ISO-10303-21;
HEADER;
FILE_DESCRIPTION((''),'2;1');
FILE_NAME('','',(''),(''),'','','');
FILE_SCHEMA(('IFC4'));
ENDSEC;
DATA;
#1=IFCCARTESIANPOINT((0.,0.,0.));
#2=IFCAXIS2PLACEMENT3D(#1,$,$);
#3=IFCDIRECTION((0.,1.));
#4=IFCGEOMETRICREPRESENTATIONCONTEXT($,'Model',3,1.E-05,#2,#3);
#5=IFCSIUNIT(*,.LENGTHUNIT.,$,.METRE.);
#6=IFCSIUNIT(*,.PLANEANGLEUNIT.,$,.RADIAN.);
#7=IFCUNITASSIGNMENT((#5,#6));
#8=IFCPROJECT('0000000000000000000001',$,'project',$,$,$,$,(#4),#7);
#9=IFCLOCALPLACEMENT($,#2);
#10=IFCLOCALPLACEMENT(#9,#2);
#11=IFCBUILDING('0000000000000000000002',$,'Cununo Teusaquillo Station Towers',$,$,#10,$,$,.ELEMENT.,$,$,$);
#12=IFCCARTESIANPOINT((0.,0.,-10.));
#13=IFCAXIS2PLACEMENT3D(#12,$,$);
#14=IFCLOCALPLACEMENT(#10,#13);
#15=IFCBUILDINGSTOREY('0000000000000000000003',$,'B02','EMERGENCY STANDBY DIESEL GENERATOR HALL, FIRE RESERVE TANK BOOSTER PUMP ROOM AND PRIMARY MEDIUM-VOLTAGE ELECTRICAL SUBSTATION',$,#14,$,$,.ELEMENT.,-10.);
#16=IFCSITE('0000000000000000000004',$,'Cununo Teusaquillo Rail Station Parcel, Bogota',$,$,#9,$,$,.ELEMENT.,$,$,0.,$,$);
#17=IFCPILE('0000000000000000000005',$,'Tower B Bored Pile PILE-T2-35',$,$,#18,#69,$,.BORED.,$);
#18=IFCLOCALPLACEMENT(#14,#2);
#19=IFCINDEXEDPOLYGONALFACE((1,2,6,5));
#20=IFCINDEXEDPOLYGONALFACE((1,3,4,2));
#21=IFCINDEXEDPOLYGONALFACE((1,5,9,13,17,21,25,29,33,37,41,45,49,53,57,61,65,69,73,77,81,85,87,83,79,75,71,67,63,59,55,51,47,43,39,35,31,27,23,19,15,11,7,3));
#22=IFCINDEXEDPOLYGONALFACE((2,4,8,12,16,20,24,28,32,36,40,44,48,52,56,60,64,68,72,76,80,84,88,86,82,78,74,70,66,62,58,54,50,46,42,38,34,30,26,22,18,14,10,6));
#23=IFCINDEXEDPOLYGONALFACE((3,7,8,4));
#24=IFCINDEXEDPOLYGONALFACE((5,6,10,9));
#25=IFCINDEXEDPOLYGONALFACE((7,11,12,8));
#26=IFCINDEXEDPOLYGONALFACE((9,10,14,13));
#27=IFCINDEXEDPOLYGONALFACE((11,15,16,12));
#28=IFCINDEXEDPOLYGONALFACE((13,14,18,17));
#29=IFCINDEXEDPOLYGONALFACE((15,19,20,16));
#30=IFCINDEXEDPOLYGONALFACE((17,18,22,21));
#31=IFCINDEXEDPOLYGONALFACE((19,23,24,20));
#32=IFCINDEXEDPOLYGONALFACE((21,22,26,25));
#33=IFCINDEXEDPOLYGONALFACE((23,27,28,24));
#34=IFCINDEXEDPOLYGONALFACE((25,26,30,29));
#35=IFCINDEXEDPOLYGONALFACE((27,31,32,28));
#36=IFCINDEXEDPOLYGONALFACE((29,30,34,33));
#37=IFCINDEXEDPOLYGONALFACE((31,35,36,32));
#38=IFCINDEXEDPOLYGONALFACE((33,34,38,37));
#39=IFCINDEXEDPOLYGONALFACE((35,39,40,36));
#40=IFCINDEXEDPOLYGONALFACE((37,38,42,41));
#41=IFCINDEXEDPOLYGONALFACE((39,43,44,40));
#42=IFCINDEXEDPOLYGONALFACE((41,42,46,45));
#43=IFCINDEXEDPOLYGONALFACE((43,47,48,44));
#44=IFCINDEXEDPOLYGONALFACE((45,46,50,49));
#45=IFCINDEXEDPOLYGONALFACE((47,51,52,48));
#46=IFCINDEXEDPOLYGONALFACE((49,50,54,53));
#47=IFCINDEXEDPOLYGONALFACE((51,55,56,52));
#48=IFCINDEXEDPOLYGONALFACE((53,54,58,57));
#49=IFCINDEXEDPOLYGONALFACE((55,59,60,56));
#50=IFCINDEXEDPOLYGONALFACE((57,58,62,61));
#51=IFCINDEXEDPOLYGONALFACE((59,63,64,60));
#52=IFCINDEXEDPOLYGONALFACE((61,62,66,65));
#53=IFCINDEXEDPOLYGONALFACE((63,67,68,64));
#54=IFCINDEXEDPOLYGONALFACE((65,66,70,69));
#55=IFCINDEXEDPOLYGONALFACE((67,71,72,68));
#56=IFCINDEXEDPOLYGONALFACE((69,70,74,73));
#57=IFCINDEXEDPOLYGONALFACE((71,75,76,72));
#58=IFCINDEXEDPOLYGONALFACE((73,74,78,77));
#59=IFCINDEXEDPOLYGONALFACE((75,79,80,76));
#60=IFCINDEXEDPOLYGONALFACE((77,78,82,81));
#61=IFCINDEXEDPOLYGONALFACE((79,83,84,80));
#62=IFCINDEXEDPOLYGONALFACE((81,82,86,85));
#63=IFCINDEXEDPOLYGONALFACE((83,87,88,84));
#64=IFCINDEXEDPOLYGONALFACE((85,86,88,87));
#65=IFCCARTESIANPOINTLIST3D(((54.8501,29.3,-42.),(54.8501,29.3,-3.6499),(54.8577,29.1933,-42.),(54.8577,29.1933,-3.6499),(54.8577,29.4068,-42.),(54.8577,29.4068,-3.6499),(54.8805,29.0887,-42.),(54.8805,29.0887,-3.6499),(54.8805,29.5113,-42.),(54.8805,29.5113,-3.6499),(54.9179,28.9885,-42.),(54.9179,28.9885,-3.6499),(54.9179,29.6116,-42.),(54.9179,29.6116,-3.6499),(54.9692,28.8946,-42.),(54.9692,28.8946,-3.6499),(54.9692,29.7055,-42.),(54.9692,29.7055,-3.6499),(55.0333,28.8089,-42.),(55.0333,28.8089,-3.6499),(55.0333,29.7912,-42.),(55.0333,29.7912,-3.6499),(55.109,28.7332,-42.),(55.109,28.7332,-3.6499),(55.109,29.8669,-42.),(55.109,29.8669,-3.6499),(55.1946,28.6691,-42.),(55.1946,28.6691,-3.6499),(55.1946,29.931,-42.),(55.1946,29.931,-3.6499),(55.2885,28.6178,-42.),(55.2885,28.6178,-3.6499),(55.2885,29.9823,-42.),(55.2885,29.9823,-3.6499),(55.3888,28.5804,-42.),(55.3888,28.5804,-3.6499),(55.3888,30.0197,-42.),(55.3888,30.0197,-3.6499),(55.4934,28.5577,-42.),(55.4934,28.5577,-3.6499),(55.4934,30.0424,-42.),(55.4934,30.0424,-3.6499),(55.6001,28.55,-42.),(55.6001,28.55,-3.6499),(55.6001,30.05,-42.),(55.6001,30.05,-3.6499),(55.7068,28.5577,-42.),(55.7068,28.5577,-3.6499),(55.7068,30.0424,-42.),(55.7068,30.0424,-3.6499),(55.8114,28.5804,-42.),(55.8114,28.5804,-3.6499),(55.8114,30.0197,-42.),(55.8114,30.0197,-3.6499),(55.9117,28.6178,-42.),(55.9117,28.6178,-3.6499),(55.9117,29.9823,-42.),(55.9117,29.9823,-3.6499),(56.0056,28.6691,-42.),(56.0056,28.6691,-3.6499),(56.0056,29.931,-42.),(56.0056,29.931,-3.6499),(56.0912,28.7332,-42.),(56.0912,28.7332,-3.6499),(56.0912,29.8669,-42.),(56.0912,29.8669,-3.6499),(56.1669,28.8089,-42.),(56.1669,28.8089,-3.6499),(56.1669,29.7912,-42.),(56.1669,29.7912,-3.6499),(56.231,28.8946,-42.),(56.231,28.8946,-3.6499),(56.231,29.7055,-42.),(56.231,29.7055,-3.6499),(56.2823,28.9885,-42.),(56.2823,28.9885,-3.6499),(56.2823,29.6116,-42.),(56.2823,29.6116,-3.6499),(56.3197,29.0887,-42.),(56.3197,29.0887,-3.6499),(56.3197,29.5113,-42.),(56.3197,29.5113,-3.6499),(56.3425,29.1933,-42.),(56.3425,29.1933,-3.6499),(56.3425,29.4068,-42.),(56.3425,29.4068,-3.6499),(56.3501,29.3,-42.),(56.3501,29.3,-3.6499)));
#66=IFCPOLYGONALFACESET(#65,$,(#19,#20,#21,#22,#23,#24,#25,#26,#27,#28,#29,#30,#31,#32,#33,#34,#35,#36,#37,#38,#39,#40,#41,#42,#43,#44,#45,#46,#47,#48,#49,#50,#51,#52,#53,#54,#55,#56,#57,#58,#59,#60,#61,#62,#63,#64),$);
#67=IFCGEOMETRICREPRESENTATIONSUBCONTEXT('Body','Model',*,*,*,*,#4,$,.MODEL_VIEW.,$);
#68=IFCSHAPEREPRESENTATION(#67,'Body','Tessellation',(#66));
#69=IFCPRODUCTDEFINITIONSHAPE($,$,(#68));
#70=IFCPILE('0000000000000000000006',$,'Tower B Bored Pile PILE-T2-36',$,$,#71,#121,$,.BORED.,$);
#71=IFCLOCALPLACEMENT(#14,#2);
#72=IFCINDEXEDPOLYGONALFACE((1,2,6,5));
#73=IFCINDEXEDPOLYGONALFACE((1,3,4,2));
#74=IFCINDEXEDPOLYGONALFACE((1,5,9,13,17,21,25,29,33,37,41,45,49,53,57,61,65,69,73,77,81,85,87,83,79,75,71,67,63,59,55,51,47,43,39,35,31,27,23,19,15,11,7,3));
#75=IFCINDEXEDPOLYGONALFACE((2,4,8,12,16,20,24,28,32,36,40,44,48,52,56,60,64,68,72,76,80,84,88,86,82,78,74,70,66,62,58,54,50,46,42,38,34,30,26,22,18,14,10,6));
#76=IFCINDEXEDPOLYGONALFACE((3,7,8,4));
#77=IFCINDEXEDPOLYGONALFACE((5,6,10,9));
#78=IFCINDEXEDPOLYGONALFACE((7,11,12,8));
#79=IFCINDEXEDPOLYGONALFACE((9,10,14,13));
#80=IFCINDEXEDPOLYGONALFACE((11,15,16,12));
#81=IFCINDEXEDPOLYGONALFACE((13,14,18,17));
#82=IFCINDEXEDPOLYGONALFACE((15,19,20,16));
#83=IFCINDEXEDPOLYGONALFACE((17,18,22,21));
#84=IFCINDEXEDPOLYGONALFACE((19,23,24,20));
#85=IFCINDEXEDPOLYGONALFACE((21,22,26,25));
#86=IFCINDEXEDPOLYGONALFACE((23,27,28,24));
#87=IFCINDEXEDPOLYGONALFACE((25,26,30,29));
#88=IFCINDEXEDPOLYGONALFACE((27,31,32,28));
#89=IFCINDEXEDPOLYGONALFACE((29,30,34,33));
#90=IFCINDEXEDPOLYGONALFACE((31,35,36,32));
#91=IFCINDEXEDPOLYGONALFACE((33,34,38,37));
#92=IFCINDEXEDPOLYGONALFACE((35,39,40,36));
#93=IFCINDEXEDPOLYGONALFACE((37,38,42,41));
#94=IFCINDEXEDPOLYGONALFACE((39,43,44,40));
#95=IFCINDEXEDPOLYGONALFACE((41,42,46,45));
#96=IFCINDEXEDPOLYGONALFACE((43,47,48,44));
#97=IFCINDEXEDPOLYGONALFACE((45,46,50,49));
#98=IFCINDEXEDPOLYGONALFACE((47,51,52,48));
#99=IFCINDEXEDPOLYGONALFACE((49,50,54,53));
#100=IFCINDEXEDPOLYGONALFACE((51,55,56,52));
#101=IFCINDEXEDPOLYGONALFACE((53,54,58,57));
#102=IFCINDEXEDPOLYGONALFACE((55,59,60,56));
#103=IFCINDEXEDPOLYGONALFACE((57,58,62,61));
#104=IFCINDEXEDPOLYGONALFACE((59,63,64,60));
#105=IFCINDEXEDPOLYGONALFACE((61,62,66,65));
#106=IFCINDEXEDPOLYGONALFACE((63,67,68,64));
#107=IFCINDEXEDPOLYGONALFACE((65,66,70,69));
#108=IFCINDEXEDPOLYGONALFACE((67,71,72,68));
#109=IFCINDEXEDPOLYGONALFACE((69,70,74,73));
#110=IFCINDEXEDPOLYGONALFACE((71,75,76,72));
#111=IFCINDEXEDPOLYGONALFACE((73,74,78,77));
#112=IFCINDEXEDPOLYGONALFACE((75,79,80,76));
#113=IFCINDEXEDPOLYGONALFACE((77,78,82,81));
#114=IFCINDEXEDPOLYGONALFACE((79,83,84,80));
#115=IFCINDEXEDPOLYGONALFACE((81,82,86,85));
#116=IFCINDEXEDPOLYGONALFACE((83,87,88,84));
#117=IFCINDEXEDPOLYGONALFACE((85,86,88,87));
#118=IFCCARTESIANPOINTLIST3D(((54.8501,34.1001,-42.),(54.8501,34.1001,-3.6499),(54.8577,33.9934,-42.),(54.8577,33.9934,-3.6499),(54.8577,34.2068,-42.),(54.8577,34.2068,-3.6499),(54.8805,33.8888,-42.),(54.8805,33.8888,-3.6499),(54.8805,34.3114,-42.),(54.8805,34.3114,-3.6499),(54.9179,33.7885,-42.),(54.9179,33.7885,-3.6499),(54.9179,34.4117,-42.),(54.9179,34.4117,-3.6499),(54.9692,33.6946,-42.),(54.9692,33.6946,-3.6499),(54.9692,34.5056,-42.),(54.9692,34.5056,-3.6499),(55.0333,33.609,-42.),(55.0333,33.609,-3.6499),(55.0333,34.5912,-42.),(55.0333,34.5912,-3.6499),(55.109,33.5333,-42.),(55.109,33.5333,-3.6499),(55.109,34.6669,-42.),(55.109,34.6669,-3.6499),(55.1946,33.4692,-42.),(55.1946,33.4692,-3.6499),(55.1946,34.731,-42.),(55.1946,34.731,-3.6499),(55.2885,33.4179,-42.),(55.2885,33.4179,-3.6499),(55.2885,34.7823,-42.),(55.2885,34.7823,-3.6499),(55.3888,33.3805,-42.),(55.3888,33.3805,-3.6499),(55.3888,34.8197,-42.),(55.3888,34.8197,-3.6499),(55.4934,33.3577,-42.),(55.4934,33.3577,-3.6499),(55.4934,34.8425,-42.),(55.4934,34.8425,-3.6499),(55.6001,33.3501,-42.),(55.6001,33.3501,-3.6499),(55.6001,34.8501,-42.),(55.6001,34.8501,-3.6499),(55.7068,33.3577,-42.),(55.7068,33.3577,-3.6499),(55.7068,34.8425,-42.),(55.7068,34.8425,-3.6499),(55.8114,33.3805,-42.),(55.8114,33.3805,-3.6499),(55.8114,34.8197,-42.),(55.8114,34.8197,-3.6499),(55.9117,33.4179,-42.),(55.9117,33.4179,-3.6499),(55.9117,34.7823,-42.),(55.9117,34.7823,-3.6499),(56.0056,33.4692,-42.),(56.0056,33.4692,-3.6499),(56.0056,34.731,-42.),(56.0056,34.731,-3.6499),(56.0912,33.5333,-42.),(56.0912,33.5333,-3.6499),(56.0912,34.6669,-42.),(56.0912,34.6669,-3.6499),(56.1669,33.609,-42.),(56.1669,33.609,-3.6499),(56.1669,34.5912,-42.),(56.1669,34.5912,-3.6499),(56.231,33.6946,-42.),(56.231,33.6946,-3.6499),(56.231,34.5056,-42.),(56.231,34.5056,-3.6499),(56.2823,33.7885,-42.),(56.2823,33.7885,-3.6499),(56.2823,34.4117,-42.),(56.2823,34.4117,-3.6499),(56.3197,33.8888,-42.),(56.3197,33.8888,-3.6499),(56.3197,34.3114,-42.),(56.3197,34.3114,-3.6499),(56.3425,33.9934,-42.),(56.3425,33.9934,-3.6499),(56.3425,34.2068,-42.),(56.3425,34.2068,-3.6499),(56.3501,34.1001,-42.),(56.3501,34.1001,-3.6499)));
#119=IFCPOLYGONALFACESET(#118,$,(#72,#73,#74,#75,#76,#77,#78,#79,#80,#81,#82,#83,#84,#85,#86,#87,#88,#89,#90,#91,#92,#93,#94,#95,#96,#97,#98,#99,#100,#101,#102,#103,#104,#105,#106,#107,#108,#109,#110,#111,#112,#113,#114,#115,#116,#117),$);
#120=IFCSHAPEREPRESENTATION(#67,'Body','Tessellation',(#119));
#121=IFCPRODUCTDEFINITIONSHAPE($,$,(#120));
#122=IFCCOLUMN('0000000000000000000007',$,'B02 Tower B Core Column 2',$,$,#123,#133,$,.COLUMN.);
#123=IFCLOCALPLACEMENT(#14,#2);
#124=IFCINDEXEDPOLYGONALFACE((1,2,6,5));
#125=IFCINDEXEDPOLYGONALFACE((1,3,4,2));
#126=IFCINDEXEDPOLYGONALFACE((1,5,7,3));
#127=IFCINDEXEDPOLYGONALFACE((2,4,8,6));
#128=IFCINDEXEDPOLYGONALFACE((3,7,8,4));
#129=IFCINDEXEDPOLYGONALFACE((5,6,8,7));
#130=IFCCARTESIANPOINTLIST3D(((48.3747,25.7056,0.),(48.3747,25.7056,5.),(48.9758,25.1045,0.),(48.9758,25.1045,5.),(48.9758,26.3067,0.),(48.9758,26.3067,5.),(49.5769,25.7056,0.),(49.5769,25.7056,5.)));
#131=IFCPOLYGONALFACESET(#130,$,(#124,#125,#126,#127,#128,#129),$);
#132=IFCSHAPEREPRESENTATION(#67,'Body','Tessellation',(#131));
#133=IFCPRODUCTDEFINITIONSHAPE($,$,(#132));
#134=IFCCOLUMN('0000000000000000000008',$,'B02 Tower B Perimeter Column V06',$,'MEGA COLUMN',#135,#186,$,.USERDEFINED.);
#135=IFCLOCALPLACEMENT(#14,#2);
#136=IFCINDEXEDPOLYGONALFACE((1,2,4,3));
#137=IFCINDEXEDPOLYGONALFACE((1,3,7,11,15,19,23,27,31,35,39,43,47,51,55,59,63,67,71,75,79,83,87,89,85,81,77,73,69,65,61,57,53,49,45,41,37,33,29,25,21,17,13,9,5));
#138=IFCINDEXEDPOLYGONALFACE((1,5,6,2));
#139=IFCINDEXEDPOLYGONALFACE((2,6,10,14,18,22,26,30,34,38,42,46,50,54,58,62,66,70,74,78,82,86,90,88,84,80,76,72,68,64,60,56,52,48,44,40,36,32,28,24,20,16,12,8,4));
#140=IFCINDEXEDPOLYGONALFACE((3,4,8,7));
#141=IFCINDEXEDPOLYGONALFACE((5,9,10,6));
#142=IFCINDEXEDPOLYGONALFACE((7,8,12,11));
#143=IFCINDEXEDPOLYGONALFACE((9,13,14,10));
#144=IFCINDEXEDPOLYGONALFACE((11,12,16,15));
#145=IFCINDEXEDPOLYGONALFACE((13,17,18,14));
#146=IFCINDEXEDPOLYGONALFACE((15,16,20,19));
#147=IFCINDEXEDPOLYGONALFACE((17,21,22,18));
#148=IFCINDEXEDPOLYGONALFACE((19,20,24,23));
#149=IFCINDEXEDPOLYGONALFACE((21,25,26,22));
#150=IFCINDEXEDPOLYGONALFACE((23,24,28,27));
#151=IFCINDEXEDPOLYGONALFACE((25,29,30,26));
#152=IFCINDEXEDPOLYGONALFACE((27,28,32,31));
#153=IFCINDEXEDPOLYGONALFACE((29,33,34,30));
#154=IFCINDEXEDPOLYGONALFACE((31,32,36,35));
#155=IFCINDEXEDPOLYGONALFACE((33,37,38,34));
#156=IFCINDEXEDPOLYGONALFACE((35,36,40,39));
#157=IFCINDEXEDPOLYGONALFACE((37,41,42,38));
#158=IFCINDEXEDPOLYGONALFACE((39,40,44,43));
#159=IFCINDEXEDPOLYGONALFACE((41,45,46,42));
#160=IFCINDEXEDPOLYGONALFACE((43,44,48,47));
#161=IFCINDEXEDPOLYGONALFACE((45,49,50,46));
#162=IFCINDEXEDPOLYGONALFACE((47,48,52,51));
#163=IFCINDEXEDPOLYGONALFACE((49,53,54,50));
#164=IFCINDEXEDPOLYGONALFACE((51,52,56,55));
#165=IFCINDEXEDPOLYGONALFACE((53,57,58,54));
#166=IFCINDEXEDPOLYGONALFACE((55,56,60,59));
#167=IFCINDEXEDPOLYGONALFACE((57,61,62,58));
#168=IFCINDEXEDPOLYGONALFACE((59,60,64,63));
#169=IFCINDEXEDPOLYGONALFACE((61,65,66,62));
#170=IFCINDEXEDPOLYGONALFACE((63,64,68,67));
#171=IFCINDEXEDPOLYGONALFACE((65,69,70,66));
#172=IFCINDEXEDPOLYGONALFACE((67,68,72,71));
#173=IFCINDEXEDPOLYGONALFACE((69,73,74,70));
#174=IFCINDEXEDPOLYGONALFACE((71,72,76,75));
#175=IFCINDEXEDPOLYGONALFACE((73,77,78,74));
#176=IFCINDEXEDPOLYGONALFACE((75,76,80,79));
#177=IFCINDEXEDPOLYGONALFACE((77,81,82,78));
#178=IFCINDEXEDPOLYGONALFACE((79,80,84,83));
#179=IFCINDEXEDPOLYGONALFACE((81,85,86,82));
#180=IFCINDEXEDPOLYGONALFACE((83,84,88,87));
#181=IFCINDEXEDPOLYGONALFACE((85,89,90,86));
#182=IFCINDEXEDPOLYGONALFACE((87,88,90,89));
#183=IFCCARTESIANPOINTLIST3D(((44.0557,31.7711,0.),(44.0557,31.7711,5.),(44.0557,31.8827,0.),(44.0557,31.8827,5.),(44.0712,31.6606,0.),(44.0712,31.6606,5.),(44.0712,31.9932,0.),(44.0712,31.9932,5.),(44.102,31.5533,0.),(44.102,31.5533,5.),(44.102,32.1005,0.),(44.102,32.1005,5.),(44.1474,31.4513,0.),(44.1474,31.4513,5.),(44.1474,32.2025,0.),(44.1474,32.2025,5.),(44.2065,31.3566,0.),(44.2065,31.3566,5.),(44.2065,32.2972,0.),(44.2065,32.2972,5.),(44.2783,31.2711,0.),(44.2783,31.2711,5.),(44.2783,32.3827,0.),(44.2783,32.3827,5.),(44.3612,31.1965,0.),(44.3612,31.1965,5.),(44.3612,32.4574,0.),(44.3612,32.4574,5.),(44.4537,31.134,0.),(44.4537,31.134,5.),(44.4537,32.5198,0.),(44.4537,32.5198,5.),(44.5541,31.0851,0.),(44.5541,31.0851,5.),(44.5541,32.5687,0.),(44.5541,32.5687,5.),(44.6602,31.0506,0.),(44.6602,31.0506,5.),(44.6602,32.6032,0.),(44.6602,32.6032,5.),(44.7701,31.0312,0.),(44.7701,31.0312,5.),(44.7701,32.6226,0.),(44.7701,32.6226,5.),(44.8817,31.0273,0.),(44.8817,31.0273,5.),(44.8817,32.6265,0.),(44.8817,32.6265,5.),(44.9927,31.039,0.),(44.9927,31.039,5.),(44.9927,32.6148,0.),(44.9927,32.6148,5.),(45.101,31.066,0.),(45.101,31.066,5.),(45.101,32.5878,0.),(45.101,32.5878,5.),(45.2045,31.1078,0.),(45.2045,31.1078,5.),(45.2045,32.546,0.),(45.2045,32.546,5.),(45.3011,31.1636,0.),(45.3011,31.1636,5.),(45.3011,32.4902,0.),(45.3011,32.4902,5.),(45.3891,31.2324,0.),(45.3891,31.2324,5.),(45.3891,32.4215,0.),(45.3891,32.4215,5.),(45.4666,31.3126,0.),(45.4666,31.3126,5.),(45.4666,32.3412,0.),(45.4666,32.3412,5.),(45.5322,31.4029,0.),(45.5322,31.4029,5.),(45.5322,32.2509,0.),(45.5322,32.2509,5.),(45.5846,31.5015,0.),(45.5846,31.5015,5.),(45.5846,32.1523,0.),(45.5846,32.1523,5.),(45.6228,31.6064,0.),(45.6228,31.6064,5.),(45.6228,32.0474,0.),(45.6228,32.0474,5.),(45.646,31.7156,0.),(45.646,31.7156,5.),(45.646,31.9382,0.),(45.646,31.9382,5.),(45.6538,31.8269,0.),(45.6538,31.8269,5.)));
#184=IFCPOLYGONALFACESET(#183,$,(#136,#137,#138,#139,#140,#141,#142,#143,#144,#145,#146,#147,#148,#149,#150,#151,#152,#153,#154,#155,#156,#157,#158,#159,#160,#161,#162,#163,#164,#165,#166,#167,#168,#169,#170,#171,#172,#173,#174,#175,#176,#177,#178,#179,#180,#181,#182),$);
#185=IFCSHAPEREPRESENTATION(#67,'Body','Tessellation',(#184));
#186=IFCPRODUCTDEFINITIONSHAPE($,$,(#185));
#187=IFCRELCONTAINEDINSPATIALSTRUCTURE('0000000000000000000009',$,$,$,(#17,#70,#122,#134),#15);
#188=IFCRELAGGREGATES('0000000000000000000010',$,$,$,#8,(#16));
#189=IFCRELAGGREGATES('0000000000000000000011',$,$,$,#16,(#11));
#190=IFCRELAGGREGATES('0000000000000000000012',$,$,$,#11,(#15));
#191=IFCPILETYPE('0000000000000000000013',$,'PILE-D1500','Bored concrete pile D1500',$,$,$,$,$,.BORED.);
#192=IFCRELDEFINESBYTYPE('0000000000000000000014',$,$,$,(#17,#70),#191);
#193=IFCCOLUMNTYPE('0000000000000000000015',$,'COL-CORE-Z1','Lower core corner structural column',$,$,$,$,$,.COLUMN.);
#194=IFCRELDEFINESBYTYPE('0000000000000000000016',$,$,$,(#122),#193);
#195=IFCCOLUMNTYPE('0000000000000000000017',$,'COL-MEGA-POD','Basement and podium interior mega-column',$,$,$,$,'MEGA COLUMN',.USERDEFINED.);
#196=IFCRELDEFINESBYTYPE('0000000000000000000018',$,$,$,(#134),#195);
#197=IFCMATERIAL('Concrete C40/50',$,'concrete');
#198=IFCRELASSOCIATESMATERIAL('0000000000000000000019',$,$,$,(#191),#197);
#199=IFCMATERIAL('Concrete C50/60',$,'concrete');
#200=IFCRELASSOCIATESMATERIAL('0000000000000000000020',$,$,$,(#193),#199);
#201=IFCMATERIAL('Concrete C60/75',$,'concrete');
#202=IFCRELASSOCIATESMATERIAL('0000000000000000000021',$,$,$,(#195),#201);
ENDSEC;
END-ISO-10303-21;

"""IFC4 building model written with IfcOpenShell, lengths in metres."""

from ifc_helpers import new_model, si_unit, direction, frame, origin, origin_2d, place, context, subcontext, project, spatial, rectangle, circle, extrude, material, material_profile, profile_set, type_object, element, save


model = new_model("IFC4")

# Units and contexts
model_context = context("Model", 3, precision=1e-05, world=origin(), true_north=direction((0.0, 1.0)))
body_context = subcontext(model_context, "Body", "Model", "MODEL_VIEW")
ifc_project = project(units=[si_unit("LENGTHUNIT", "METRE"), si_unit("PLANEANGLEUNIT", "RADIAN")], contexts=[model_context])

# Site, building, storey
site_placement = place(None, origin())
site = spatial("IfcSite", under=ifc_project, at=site_placement, Name="Cununo Teusaquillo Rail Station Parcel, Bogota", CompositionType="ELEMENT", RefElevation=0.0)
building_placement = place(site_placement, origin())
building = spatial("IfcBuilding", under=site, at=building_placement, Name="Cununo Teusaquillo Station Towers", CompositionType="ELEMENT")
storey_placement = place(building_placement, frame((0.0, 0.0, -10.0)))
storey = spatial("IfcBuildingStorey", under=building, at=storey_placement, Name="B02", Description="EMERGENCY STANDBY DIESEL GENERATOR HALL, FIRE RESERVE TANK BOOSTER PUMP ROOM AND PRIMARY MEDIUM-VOLTAGE ELECTRICAL SUBSTATION", CompositionType="ELEMENT", Elevation=-10.0)

# Piles
ifc_material_1 = material(Name="Concrete C40/50", Category="concrete")
ifc_material_profile_1 = material_profile(ifc_material_1, circle(Radius=0.75, at=origin_2d()), Name="PILE-BORED-1500")
ifc_profile_set_1 = profile_set([ifc_material_profile_1], Name="Concrete C40/50")
pile_type = type_object("IfcPileType", Name="PILE-D1500", Description="Bored concrete pile D1500", PredefinedType="BORED", material=ifc_profile_set_1)
for number, where, z_axis, x_axis, name in (
    (1, (55.6001, 29.3, -3.6499), (0.0, 0.0, -1.0), (1.0, 0.0, 0.0), "Tower B Bored Pile PILE-T2-35"),
    (2, (55.6001, 34.1001, -3.6499), (0.0, 0.0, -1.0), (1.0, 0.0, 0.0), "Tower B Bored Pile PILE-T2-36"),
):
    element("IfcPile", number, at=place(storey_placement, frame(where, z_axis=z_axis, x_axis=x_axis)), inside=storey, type_object=pile_type, Name=name, PredefinedType="BORED", context=body_context, shape_type="SweptSolid", body=[
        extrude(circle(Radius=0.75, at=origin_2d()), origin(), (0.0, 0.0, 1.0), 38.3501),
    ])

# Columns
ifc_material_2 = material(Name="Concrete C50/60", Category="concrete")
ifc_material_profile_2 = material_profile(ifc_material_2, rectangle(XDim=0.8501, YDim=0.8501, at=origin_2d()), Name="RC-RECT-850x850")
ifc_profile_set_2 = profile_set([ifc_material_profile_2], Name="Concrete C50/60")
column_type_1 = type_object("IfcColumnType", Name="COL-CORE-Z1", Description="Lower core corner structural column", PredefinedType="COLUMN", material=ifc_profile_set_2)
column_1_placement = place(storey_placement, frame((48.9758, 25.7056, 0.0), z_axis=(0.0, 0.0, 1.0), x_axis=(0.707107, 0.707107, 0.0)))
element("IfcColumn", 3, at=column_1_placement, inside=storey, type_object=column_type_1, Name="B02 Tower B Core Column 2", PredefinedType="COLUMN", context=body_context, shape_type="SweptSolid", body=[
    extrude(rectangle(XDim=0.8501, YDim=0.8501, at=origin_2d()), origin(), (0.0, 0.0, 1.0), 5.0),
])
ifc_material_3 = material(Name="Concrete C60/75", Category="concrete")
ifc_material_profile_3 = material_profile(ifc_material_3, circle(Radius=0.8, at=origin_2d()), Name="RC-CIRC-1600")
ifc_profile_set_3 = profile_set([ifc_material_profile_3], Name="Concrete C60/75")
column_type_2 = type_object("IfcColumnType", Name="COL-MEGA-POD", Description="Basement and podium interior mega-column", ElementType="MEGA COLUMN", PredefinedType="USERDEFINED", material=ifc_profile_set_3)
column_2_placement = place(storey_placement, frame((44.8538, 31.8269, 0.0), z_axis=(0.0, 0.0, 1.0), x_axis=(1.0, 0.0, 0.0)))
element("IfcColumn", 4, at=column_2_placement, inside=storey, type_object=column_type_2, Name="B02 Tower B Perimeter Column V06", ObjectType="MEGA COLUMN", PredefinedType="USERDEFINED", context=body_context, shape_type="SweptSolid", body=[
    extrude(circle(Radius=0.8, at=origin_2d()), origin(), (0.0, 0.0, 1.0), 5.0),
])

save(model, "model.ifc")
